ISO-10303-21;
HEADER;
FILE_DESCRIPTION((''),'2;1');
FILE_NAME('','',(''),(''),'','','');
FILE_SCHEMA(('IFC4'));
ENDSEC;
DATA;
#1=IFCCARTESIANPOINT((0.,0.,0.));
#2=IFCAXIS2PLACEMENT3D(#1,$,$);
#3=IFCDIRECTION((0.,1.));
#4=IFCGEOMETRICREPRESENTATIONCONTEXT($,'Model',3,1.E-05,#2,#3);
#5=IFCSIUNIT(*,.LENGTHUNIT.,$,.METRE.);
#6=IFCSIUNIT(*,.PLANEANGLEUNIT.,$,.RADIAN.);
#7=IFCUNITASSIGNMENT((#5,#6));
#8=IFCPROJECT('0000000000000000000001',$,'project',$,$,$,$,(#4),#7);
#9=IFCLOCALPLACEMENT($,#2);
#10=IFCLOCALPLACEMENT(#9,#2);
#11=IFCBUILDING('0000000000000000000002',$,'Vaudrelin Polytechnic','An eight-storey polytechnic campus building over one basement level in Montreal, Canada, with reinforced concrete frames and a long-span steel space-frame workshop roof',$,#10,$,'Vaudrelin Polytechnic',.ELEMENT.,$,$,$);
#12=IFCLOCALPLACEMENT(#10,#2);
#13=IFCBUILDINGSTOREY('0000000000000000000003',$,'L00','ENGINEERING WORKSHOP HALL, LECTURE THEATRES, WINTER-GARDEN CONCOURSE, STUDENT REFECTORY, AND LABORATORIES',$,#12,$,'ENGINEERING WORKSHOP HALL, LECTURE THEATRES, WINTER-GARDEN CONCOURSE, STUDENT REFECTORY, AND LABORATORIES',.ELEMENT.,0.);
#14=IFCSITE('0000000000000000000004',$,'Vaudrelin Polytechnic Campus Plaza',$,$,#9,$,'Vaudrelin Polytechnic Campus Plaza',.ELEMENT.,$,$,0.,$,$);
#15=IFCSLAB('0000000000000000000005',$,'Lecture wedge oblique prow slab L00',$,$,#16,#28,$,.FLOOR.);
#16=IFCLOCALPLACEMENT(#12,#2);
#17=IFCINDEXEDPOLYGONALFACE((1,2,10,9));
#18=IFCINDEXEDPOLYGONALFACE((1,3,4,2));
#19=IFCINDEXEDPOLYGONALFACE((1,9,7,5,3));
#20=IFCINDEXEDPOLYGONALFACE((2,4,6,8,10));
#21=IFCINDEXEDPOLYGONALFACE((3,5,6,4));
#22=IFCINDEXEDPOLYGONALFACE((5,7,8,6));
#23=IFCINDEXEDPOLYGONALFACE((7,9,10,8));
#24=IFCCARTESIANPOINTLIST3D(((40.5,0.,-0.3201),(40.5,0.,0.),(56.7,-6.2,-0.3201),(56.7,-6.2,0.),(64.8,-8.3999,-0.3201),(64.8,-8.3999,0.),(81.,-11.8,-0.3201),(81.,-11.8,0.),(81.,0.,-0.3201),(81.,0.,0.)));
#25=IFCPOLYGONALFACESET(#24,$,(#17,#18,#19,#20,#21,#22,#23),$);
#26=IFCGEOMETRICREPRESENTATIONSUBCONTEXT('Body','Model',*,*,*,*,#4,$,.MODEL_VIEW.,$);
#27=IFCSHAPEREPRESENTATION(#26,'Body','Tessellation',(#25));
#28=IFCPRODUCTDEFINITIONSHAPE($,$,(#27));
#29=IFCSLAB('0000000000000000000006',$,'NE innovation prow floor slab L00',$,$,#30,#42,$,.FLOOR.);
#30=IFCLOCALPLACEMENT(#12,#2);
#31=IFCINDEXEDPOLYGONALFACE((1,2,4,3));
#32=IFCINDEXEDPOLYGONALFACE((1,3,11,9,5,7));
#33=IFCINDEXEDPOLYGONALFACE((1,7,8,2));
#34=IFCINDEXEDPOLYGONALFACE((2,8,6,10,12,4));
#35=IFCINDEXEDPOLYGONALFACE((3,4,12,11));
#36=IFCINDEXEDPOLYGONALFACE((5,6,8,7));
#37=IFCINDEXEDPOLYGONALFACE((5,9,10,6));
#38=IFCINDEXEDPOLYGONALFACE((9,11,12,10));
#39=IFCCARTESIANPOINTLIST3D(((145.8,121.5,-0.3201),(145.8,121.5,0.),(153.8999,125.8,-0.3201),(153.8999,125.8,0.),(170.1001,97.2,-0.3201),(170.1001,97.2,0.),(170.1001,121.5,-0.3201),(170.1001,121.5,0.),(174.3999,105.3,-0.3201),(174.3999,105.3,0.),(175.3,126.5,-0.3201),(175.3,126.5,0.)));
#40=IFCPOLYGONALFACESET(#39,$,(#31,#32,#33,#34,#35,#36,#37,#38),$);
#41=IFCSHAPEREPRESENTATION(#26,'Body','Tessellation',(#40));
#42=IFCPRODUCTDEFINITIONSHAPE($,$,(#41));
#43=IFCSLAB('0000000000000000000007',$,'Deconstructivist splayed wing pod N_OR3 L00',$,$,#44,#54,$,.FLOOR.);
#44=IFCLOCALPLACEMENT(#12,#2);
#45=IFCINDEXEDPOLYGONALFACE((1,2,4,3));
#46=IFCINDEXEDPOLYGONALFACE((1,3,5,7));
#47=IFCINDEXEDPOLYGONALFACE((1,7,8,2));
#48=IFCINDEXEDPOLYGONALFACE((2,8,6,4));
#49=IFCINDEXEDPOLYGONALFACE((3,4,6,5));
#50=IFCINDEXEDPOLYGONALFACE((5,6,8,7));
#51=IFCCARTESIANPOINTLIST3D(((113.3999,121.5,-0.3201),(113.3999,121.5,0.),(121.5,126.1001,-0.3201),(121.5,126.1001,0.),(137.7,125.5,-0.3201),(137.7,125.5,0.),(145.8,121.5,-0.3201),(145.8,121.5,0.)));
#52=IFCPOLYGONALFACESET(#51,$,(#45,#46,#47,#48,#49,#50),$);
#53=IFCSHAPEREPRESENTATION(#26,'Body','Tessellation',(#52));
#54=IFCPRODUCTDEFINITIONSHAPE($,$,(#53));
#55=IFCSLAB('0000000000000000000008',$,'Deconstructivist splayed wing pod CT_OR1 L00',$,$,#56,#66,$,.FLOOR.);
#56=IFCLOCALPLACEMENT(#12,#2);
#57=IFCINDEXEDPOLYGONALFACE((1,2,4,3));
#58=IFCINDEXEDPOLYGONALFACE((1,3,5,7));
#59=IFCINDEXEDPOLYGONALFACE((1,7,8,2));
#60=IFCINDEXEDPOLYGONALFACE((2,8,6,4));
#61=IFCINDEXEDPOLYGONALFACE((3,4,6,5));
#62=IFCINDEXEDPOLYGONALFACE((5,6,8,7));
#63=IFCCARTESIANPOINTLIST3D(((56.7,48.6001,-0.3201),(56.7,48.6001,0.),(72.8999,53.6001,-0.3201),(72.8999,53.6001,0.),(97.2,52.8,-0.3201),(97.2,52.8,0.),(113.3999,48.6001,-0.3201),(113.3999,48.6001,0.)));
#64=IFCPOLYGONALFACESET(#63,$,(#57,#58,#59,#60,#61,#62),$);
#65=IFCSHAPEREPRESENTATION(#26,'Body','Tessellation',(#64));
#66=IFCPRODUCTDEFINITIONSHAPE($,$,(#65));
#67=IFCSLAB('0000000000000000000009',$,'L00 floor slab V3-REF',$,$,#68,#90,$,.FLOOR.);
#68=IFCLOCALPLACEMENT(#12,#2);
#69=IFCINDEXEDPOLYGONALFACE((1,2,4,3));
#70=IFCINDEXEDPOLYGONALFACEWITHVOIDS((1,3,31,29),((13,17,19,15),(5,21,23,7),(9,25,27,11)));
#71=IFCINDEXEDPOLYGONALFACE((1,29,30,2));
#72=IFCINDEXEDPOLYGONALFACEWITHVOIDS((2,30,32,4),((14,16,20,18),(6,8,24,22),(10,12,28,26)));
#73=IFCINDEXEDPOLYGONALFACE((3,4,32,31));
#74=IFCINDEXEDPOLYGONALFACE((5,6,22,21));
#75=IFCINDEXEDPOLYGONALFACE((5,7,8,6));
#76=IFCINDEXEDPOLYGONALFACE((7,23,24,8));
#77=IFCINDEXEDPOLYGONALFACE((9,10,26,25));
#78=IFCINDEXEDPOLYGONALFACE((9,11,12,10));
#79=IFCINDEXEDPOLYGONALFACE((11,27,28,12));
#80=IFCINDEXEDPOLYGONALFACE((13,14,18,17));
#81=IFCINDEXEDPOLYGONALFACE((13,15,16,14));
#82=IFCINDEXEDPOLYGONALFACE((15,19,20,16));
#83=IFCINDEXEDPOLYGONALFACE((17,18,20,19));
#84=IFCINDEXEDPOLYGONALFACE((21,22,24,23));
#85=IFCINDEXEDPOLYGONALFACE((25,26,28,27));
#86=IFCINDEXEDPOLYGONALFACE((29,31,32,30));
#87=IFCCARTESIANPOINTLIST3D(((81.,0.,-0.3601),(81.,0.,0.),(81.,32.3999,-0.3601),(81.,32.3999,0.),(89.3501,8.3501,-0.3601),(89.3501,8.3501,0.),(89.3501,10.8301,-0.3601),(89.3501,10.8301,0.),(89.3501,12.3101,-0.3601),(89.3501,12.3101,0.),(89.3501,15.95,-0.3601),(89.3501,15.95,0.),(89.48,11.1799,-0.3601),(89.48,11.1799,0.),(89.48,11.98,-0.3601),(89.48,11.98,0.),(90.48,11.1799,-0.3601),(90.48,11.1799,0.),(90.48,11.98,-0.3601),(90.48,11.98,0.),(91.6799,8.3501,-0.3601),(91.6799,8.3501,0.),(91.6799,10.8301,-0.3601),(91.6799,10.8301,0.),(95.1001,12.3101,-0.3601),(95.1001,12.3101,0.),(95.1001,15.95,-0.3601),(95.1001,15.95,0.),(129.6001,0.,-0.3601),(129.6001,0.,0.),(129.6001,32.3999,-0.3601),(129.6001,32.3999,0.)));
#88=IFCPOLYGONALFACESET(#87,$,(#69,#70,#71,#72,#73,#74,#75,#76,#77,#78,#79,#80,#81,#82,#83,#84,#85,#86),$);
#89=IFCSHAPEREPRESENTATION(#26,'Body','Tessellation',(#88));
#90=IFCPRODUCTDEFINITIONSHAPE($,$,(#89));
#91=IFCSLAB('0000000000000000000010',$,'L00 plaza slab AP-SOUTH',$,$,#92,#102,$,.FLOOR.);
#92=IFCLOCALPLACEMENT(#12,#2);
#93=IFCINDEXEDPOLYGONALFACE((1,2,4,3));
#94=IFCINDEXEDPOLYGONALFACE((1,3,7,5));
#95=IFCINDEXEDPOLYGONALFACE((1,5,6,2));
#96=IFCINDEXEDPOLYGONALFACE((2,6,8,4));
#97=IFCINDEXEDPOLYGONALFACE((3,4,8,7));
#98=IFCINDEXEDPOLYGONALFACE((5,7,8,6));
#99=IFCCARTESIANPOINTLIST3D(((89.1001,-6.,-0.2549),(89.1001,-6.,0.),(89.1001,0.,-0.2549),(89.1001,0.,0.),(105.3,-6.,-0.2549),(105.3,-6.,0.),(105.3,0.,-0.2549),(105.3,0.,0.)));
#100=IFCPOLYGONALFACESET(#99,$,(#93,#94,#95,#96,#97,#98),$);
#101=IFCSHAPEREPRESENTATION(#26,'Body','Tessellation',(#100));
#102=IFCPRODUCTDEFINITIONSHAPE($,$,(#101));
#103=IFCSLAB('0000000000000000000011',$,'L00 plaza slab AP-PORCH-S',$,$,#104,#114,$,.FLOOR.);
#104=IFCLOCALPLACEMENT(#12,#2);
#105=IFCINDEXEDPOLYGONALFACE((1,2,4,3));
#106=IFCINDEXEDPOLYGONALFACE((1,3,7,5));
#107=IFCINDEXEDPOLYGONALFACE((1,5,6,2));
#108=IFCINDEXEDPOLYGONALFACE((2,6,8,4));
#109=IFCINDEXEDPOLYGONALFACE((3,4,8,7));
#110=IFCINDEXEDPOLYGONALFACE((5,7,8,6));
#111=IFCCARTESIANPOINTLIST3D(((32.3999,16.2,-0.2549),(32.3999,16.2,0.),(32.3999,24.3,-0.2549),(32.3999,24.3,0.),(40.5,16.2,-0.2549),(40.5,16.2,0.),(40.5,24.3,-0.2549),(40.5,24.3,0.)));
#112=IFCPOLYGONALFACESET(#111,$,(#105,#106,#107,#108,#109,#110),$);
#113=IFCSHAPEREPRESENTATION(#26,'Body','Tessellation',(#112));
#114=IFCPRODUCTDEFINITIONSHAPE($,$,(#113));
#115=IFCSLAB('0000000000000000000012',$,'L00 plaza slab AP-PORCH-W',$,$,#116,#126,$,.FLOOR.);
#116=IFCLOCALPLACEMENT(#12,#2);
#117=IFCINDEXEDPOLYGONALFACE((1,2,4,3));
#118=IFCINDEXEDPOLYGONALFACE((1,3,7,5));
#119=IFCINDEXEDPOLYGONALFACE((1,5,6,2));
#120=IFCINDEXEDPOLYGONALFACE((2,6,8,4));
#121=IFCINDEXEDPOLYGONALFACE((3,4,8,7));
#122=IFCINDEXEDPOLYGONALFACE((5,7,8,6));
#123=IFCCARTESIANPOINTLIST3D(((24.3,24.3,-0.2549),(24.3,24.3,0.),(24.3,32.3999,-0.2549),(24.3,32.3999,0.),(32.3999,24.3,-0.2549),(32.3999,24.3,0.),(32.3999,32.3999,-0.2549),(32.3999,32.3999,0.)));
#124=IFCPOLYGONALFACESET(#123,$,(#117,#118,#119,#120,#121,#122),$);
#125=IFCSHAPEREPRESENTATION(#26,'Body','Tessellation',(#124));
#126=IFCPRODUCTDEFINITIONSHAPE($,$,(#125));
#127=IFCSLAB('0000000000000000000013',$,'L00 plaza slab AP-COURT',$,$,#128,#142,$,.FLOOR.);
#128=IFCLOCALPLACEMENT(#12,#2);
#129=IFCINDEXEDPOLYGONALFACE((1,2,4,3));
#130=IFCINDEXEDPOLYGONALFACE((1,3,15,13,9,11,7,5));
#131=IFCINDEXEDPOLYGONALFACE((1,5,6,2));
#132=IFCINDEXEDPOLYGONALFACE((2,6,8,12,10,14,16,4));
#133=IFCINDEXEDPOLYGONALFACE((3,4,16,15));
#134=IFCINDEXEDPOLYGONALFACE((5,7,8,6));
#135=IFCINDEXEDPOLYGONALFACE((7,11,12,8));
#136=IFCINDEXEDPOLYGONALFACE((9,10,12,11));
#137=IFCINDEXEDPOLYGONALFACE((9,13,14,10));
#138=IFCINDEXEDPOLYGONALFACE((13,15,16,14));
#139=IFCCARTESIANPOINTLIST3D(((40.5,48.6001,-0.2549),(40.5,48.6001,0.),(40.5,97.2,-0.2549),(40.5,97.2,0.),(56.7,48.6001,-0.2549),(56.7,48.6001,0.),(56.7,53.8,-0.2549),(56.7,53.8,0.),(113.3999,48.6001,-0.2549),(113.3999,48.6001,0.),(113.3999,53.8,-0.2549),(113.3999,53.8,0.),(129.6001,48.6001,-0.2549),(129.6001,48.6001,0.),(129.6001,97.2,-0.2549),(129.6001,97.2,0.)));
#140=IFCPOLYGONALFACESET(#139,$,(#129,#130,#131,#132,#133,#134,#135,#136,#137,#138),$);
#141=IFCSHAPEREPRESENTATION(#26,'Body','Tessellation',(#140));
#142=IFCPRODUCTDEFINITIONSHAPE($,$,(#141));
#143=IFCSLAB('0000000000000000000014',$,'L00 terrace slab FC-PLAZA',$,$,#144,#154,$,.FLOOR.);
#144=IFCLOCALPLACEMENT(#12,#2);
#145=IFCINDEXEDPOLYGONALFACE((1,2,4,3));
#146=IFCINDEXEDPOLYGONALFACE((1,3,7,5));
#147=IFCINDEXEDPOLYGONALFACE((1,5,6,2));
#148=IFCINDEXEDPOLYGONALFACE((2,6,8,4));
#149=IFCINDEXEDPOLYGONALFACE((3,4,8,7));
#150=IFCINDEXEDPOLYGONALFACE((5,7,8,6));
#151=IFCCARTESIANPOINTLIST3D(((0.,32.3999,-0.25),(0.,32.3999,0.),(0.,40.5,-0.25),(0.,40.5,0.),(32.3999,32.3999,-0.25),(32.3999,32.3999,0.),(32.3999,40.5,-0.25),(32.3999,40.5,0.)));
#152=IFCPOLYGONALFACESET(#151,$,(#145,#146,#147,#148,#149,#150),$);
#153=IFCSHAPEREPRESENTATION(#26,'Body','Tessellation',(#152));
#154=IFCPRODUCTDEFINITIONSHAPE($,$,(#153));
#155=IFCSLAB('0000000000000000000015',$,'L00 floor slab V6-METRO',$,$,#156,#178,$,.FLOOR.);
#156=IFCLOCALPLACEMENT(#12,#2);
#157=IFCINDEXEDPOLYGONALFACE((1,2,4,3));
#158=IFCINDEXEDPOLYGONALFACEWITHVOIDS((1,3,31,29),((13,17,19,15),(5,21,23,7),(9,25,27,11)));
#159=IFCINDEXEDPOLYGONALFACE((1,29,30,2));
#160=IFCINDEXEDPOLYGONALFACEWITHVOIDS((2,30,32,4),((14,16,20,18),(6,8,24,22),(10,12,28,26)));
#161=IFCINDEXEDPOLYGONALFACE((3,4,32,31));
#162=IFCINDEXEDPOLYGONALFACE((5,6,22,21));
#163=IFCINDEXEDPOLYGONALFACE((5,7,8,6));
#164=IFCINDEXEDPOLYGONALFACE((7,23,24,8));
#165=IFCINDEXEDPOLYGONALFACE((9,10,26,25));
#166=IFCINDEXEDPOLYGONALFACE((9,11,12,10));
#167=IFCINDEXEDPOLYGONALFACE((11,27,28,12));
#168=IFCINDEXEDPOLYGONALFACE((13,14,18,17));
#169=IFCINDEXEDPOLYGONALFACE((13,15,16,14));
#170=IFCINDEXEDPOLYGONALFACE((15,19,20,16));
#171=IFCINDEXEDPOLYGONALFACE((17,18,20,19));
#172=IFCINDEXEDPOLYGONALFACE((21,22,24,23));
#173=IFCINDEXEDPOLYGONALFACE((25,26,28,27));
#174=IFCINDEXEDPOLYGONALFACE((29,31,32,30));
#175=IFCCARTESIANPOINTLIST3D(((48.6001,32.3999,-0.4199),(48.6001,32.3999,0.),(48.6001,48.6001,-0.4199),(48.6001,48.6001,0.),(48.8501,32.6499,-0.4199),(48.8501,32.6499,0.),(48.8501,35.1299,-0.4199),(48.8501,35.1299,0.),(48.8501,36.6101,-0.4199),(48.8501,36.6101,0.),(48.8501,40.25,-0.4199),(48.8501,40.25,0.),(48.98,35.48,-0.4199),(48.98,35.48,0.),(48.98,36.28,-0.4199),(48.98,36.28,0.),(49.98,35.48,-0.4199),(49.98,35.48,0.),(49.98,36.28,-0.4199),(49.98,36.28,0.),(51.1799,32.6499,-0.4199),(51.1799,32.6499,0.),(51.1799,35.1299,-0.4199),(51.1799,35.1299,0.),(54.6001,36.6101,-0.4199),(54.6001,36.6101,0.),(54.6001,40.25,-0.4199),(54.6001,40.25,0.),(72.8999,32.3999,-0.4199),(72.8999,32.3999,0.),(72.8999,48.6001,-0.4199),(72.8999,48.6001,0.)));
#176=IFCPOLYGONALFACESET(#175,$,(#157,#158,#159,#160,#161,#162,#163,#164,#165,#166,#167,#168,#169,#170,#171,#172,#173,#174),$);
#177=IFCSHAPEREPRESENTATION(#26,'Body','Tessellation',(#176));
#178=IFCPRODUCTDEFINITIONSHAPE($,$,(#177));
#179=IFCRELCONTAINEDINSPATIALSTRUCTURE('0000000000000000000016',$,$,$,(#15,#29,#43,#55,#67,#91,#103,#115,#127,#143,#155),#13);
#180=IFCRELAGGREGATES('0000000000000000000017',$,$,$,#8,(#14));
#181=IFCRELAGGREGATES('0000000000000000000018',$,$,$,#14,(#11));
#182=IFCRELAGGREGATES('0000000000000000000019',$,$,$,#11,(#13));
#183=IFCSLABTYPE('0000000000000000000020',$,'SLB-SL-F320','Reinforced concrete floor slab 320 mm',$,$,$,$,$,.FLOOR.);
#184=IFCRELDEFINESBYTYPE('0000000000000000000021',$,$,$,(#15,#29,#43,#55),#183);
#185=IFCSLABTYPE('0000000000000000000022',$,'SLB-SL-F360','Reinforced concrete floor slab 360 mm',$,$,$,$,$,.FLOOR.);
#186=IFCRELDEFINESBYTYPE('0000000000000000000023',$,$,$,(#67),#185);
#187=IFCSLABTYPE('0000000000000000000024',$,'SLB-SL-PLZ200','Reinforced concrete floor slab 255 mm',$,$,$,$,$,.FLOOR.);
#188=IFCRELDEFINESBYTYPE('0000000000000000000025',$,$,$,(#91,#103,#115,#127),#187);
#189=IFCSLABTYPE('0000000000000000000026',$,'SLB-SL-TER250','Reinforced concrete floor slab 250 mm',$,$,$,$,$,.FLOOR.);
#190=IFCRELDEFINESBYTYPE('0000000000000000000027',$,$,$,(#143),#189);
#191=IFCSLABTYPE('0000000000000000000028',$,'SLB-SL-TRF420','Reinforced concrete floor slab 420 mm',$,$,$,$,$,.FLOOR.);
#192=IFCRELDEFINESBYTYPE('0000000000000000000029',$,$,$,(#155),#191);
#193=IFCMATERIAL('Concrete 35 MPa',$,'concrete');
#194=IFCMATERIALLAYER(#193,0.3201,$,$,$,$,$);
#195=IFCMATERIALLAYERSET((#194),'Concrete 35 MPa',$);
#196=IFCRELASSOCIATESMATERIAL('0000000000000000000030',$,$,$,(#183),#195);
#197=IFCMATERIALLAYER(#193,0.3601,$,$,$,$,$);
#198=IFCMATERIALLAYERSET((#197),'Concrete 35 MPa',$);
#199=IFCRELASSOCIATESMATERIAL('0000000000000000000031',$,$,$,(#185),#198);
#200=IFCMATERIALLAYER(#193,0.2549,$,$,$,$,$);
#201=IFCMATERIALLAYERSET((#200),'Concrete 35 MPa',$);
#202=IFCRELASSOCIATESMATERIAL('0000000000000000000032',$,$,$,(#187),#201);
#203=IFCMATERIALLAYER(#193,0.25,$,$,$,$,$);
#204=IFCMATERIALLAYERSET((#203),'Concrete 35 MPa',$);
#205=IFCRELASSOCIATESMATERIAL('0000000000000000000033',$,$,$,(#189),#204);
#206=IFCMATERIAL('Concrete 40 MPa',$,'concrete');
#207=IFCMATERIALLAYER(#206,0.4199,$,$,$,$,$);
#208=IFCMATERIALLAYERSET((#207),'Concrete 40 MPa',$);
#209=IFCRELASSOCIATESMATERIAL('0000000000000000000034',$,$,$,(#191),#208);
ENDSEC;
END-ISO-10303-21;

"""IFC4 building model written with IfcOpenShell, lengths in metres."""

from ifc_helpers import new_model, si_unit, direction, frame, origin, place, context, subcontext, project, spatial, polyline, outline, extrude, material, layer, layer_set, type_object, element, save


model = new_model("IFC4")

# Units and contexts
model_context = context("Model", 3, precision=1e-05, world=origin(), true_north=direction((0.0, 1.0)))
body_context = subcontext(model_context, "Body", "Model", "MODEL_VIEW")
ifc_project = project(units=[si_unit("LENGTHUNIT", "METRE"), si_unit("PLANEANGLEUNIT", "RADIAN")], contexts=[model_context])

# Site, building, storey
site_placement = place(None, origin())
site = spatial("IfcSite", under=ifc_project, at=site_placement, Name="Vaudrelin Polytechnic Campus Plaza", LongName="Vaudrelin Polytechnic Campus Plaza", CompositionType="ELEMENT", RefElevation=0.0)
building_placement = place(site_placement, origin())
building = spatial("IfcBuilding", under=site, at=building_placement, Name="Vaudrelin Polytechnic", Description="An eight-storey polytechnic campus building over one basement level in Montreal, Canada, with reinforced concrete frames and a long-span steel space-frame workshop roof", LongName="Vaudrelin Polytechnic", CompositionType="ELEMENT")
storey_placement = place(building_placement, origin())
storey = spatial("IfcBuildingStorey", under=building, at=storey_placement, Name="L00", Description="ENGINEERING WORKSHOP HALL, LECTURE THEATRES, WINTER-GARDEN CONCOURSE, STUDENT REFECTORY, AND LABORATORIES", LongName="ENGINEERING WORKSHOP HALL, LECTURE THEATRES, WINTER-GARDEN CONCOURSE, STUDENT REFECTORY, AND LABORATORIES", CompositionType="ELEMENT", Elevation=0.0)

# Shared definitions
ifc_material_1 = material(Name="Concrete 35 MPa", Category="concrete")

# Slabs
ifc_layer_1 = layer(ifc_material_1, 0.3201)
ifc_layer_set_1 = layer_set([ifc_layer_1], Name="Concrete 35 MPa")
slab_type_1 = type_object("IfcSlabType", Name="SLB-SL-F320", Description="Reinforced concrete floor slab 320 mm", PredefinedType="FLOOR", material=ifc_layer_set_1)
slab_1_placement = place(storey_placement, frame((0.0, 0.0, -0.3201)))
element("IfcSlab", 1, at=slab_1_placement, inside=storey, type_object=slab_type_1, Name="Lecture wedge oblique prow slab L00", PredefinedType="FLOOR", context=body_context, shape_type="SweptSolid", body=[
    extrude(outline(polyline([(40.5, 0.0), (56.7, -6.2), (64.8, -8.3999), (81.0, -11.8), (81.0, 0.0), (40.5, 0.0)])), origin(), (0.0, 0.0, 1.0), 0.3201),
])
slab_2_placement = place(storey_placement, frame((0.0, 0.0, -0.3201)))
element("IfcSlab", 2, at=slab_2_placement, inside=storey, type_object=slab_type_1, Name="NE innovation prow floor slab L00", PredefinedType="FLOOR", context=body_context, shape_type="SweptSolid", body=[
    extrude(outline(polyline([(145.8, 121.5), (153.8999, 125.8), (175.3, 126.5), (174.3999, 105.3), (170.1001, 97.2), (170.1001, 121.5), (145.8, 121.5)])), origin(), (0.0, 0.0, 1.0), 0.3201),
])
slab_3_placement = place(storey_placement, frame((0.0, 0.0, -0.3201)))
element("IfcSlab", 3, at=slab_3_placement, inside=storey, type_object=slab_type_1, Name="Deconstructivist splayed wing pod N_OR3 L00", PredefinedType="FLOOR", context=body_context, shape_type="SweptSolid", body=[
    extrude(outline(polyline([(113.3999, 121.5), (121.5, 126.1001), (137.7, 125.5), (145.8, 121.5), (113.3999, 121.5)])), origin(), (0.0, 0.0, 1.0), 0.3201),
])
slab_4_placement = place(storey_placement, frame((0.0, 0.0, -0.3201)))
element("IfcSlab", 4, at=slab_4_placement, inside=storey, type_object=slab_type_1, Name="Deconstructivist splayed wing pod CT_OR1 L00", PredefinedType="FLOOR", context=body_context, shape_type="SweptSolid", body=[
    extrude(outline(polyline([(56.7, 48.6001), (72.8999, 53.6001), (97.2, 52.8), (113.3999, 48.6001), (56.7, 48.6001)])), origin(), (0.0, 0.0, 1.0), 0.3201),
])
ifc_layer_2 = layer(ifc_material_1, 0.3601)
ifc_layer_set_2 = layer_set([ifc_layer_2], Name="Concrete 35 MPa")
slab_type_2 = type_object("IfcSlabType", Name="SLB-SL-F360", Description="Reinforced concrete floor slab 360 mm", PredefinedType="FLOOR", material=ifc_layer_set_2)
slab_5_placement = place(storey_placement, frame((0.0, 0.0, -0.3601)))
element("IfcSlab", 5, at=slab_5_placement, inside=storey, type_object=slab_type_2, Name="L00 floor slab V3-REF", PredefinedType="FLOOR", context=body_context, shape_type="SweptSolid", body=[
    extrude(outline(polyline([(81.0, 0.0), (129.6001, 0.0), (129.6001, 32.3999), (81.0, 32.3999), (81.0, 0.0)]), holes=[polyline([(89.3501, 12.3101), (95.1001, 12.3101), (95.1001, 15.95), (89.3501, 15.95), (89.3501, 12.3101)]), polyline([(89.3501, 8.3501), (91.6799, 8.3501), (91.6799, 10.8301), (89.3501, 10.8301), (89.3501, 8.3501)]), polyline([(89.48, 11.1799), (90.48, 11.1799), (90.48, 11.98), (89.48, 11.98), (89.48, 11.1799)])]), origin(), (0.0, 0.0, 1.0), 0.3601),
])
ifc_layer_3 = layer(ifc_material_1, 0.2549)
ifc_layer_set_3 = layer_set([ifc_layer_3], Name="Concrete 35 MPa")
slab_type_3 = type_object("IfcSlabType", Name="SLB-SL-PLZ200", Description="Reinforced concrete floor slab 255 mm", PredefinedType="FLOOR", material=ifc_layer_set_3)
slab_6_placement = place(storey_placement, frame((0.0, 0.0, -0.2549)))
element("IfcSlab", 6, at=slab_6_placement, inside=storey, type_object=slab_type_3, Name="L00 plaza slab AP-SOUTH", PredefinedType="FLOOR", context=body_context, shape_type="SweptSolid", body=[
    extrude(outline(polyline([(89.1001, -6.0), (105.3, -6.0), (105.3, 0.0), (89.1001, 0.0), (89.1001, -6.0)])), origin(), (0.0, 0.0, 1.0), 0.2549),
])
slab_7_placement = place(storey_placement, frame((0.0, 0.0, -0.2549)))
element("IfcSlab", 7, at=slab_7_placement, inside=storey, type_object=slab_type_3, Name="L00 plaza slab AP-PORCH-S", PredefinedType="FLOOR", context=body_context, shape_type="SweptSolid", body=[
    extrude(outline(polyline([(32.3999, 16.2), (40.5, 16.2), (40.5, 24.3), (32.3999, 24.3), (32.3999, 16.2)])), origin(), (0.0, 0.0, 1.0), 0.2549),
])
slab_8_placement = place(storey_placement, frame((0.0, 0.0, -0.2549)))
element("IfcSlab", 8, at=slab_8_placement, inside=storey, type_object=slab_type_3, Name="L00 plaza slab AP-PORCH-W", PredefinedType="FLOOR", context=body_context, shape_type="SweptSolid", body=[
    extrude(outline(polyline([(24.3, 24.3), (32.3999, 24.3), (32.3999, 32.3999), (24.3, 32.3999), (24.3, 24.3)])), origin(), (0.0, 0.0, 1.0), 0.2549),
])
slab_9_placement = place(storey_placement, frame((0.0, 0.0, -0.2549)))
element("IfcSlab", 9, at=slab_9_placement, inside=storey, type_object=slab_type_3, Name="L00 plaza slab AP-COURT", PredefinedType="FLOOR", context=body_context, shape_type="SweptSolid", body=[
    extrude(outline(polyline([(40.5, 48.6001), (56.7, 48.6001), (56.7, 53.8), (113.3999, 53.8), (113.3999, 48.6001), (129.6001, 48.6001), (129.6001, 97.2), (40.5, 97.2), (40.5, 48.6001)])), origin(), (0.0, 0.0, 1.0), 0.2549),
])
ifc_layer_4 = layer(ifc_material_1, 0.25)
ifc_layer_set_4 = layer_set([ifc_layer_4], Name="Concrete 35 MPa")
slab_type_4 = type_object("IfcSlabType", Name="SLB-SL-TER250", Description="Reinforced concrete floor slab 250 mm", PredefinedType="FLOOR", material=ifc_layer_set_4)
slab_10_placement = place(storey_placement, frame((0.0, 0.0, -0.25)))
element("IfcSlab", 10, at=slab_10_placement, inside=storey, type_object=slab_type_4, Name="L00 terrace slab FC-PLAZA", PredefinedType="FLOOR", context=body_context, shape_type="SweptSolid", body=[
    extrude(outline(polyline([(0.0, 32.3999), (32.3999, 32.3999), (32.3999, 40.5), (0.0, 40.5), (0.0, 32.3999)])), origin(), (0.0, 0.0, 1.0), 0.25),
])
ifc_material_2 = material(Name="Concrete 40 MPa", Category="concrete")
ifc_layer_5 = layer(ifc_material_2, 0.4199)
ifc_layer_set_5 = layer_set([ifc_layer_5], Name="Concrete 40 MPa")
slab_type_5 = type_object("IfcSlabType", Name="SLB-SL-TRF420", Description="Reinforced concrete floor slab 420 mm", PredefinedType="FLOOR", material=ifc_layer_set_5)
slab_11_placement = place(storey_placement, frame((0.0, 0.0, -0.4199)))
element("IfcSlab", 11, at=slab_11_placement, inside=storey, type_object=slab_type_5, Name="L00 floor slab V6-METRO", PredefinedType="FLOOR", context=body_context, shape_type="SweptSolid", body=[
    extrude(outline(polyline([(48.6001, 32.3999), (72.8999, 32.3999), (72.8999, 48.6001), (48.6001, 48.6001), (48.6001, 32.3999)]), holes=[polyline([(48.8501, 36.6101), (54.6001, 36.6101), (54.6001, 40.25), (48.8501, 40.25), (48.8501, 36.6101)]), polyline([(48.8501, 32.6499), (51.1799, 32.6499), (51.1799, 35.1299), (48.8501, 35.1299), (48.8501, 32.6499)]), polyline([(48.98, 35.48), (49.98, 35.48), (49.98, 36.28), (48.98, 36.28), (48.98, 35.48)])]), origin(), (0.0, 0.0, 1.0), 0.4199),
])

save(model, "model.ifc")
